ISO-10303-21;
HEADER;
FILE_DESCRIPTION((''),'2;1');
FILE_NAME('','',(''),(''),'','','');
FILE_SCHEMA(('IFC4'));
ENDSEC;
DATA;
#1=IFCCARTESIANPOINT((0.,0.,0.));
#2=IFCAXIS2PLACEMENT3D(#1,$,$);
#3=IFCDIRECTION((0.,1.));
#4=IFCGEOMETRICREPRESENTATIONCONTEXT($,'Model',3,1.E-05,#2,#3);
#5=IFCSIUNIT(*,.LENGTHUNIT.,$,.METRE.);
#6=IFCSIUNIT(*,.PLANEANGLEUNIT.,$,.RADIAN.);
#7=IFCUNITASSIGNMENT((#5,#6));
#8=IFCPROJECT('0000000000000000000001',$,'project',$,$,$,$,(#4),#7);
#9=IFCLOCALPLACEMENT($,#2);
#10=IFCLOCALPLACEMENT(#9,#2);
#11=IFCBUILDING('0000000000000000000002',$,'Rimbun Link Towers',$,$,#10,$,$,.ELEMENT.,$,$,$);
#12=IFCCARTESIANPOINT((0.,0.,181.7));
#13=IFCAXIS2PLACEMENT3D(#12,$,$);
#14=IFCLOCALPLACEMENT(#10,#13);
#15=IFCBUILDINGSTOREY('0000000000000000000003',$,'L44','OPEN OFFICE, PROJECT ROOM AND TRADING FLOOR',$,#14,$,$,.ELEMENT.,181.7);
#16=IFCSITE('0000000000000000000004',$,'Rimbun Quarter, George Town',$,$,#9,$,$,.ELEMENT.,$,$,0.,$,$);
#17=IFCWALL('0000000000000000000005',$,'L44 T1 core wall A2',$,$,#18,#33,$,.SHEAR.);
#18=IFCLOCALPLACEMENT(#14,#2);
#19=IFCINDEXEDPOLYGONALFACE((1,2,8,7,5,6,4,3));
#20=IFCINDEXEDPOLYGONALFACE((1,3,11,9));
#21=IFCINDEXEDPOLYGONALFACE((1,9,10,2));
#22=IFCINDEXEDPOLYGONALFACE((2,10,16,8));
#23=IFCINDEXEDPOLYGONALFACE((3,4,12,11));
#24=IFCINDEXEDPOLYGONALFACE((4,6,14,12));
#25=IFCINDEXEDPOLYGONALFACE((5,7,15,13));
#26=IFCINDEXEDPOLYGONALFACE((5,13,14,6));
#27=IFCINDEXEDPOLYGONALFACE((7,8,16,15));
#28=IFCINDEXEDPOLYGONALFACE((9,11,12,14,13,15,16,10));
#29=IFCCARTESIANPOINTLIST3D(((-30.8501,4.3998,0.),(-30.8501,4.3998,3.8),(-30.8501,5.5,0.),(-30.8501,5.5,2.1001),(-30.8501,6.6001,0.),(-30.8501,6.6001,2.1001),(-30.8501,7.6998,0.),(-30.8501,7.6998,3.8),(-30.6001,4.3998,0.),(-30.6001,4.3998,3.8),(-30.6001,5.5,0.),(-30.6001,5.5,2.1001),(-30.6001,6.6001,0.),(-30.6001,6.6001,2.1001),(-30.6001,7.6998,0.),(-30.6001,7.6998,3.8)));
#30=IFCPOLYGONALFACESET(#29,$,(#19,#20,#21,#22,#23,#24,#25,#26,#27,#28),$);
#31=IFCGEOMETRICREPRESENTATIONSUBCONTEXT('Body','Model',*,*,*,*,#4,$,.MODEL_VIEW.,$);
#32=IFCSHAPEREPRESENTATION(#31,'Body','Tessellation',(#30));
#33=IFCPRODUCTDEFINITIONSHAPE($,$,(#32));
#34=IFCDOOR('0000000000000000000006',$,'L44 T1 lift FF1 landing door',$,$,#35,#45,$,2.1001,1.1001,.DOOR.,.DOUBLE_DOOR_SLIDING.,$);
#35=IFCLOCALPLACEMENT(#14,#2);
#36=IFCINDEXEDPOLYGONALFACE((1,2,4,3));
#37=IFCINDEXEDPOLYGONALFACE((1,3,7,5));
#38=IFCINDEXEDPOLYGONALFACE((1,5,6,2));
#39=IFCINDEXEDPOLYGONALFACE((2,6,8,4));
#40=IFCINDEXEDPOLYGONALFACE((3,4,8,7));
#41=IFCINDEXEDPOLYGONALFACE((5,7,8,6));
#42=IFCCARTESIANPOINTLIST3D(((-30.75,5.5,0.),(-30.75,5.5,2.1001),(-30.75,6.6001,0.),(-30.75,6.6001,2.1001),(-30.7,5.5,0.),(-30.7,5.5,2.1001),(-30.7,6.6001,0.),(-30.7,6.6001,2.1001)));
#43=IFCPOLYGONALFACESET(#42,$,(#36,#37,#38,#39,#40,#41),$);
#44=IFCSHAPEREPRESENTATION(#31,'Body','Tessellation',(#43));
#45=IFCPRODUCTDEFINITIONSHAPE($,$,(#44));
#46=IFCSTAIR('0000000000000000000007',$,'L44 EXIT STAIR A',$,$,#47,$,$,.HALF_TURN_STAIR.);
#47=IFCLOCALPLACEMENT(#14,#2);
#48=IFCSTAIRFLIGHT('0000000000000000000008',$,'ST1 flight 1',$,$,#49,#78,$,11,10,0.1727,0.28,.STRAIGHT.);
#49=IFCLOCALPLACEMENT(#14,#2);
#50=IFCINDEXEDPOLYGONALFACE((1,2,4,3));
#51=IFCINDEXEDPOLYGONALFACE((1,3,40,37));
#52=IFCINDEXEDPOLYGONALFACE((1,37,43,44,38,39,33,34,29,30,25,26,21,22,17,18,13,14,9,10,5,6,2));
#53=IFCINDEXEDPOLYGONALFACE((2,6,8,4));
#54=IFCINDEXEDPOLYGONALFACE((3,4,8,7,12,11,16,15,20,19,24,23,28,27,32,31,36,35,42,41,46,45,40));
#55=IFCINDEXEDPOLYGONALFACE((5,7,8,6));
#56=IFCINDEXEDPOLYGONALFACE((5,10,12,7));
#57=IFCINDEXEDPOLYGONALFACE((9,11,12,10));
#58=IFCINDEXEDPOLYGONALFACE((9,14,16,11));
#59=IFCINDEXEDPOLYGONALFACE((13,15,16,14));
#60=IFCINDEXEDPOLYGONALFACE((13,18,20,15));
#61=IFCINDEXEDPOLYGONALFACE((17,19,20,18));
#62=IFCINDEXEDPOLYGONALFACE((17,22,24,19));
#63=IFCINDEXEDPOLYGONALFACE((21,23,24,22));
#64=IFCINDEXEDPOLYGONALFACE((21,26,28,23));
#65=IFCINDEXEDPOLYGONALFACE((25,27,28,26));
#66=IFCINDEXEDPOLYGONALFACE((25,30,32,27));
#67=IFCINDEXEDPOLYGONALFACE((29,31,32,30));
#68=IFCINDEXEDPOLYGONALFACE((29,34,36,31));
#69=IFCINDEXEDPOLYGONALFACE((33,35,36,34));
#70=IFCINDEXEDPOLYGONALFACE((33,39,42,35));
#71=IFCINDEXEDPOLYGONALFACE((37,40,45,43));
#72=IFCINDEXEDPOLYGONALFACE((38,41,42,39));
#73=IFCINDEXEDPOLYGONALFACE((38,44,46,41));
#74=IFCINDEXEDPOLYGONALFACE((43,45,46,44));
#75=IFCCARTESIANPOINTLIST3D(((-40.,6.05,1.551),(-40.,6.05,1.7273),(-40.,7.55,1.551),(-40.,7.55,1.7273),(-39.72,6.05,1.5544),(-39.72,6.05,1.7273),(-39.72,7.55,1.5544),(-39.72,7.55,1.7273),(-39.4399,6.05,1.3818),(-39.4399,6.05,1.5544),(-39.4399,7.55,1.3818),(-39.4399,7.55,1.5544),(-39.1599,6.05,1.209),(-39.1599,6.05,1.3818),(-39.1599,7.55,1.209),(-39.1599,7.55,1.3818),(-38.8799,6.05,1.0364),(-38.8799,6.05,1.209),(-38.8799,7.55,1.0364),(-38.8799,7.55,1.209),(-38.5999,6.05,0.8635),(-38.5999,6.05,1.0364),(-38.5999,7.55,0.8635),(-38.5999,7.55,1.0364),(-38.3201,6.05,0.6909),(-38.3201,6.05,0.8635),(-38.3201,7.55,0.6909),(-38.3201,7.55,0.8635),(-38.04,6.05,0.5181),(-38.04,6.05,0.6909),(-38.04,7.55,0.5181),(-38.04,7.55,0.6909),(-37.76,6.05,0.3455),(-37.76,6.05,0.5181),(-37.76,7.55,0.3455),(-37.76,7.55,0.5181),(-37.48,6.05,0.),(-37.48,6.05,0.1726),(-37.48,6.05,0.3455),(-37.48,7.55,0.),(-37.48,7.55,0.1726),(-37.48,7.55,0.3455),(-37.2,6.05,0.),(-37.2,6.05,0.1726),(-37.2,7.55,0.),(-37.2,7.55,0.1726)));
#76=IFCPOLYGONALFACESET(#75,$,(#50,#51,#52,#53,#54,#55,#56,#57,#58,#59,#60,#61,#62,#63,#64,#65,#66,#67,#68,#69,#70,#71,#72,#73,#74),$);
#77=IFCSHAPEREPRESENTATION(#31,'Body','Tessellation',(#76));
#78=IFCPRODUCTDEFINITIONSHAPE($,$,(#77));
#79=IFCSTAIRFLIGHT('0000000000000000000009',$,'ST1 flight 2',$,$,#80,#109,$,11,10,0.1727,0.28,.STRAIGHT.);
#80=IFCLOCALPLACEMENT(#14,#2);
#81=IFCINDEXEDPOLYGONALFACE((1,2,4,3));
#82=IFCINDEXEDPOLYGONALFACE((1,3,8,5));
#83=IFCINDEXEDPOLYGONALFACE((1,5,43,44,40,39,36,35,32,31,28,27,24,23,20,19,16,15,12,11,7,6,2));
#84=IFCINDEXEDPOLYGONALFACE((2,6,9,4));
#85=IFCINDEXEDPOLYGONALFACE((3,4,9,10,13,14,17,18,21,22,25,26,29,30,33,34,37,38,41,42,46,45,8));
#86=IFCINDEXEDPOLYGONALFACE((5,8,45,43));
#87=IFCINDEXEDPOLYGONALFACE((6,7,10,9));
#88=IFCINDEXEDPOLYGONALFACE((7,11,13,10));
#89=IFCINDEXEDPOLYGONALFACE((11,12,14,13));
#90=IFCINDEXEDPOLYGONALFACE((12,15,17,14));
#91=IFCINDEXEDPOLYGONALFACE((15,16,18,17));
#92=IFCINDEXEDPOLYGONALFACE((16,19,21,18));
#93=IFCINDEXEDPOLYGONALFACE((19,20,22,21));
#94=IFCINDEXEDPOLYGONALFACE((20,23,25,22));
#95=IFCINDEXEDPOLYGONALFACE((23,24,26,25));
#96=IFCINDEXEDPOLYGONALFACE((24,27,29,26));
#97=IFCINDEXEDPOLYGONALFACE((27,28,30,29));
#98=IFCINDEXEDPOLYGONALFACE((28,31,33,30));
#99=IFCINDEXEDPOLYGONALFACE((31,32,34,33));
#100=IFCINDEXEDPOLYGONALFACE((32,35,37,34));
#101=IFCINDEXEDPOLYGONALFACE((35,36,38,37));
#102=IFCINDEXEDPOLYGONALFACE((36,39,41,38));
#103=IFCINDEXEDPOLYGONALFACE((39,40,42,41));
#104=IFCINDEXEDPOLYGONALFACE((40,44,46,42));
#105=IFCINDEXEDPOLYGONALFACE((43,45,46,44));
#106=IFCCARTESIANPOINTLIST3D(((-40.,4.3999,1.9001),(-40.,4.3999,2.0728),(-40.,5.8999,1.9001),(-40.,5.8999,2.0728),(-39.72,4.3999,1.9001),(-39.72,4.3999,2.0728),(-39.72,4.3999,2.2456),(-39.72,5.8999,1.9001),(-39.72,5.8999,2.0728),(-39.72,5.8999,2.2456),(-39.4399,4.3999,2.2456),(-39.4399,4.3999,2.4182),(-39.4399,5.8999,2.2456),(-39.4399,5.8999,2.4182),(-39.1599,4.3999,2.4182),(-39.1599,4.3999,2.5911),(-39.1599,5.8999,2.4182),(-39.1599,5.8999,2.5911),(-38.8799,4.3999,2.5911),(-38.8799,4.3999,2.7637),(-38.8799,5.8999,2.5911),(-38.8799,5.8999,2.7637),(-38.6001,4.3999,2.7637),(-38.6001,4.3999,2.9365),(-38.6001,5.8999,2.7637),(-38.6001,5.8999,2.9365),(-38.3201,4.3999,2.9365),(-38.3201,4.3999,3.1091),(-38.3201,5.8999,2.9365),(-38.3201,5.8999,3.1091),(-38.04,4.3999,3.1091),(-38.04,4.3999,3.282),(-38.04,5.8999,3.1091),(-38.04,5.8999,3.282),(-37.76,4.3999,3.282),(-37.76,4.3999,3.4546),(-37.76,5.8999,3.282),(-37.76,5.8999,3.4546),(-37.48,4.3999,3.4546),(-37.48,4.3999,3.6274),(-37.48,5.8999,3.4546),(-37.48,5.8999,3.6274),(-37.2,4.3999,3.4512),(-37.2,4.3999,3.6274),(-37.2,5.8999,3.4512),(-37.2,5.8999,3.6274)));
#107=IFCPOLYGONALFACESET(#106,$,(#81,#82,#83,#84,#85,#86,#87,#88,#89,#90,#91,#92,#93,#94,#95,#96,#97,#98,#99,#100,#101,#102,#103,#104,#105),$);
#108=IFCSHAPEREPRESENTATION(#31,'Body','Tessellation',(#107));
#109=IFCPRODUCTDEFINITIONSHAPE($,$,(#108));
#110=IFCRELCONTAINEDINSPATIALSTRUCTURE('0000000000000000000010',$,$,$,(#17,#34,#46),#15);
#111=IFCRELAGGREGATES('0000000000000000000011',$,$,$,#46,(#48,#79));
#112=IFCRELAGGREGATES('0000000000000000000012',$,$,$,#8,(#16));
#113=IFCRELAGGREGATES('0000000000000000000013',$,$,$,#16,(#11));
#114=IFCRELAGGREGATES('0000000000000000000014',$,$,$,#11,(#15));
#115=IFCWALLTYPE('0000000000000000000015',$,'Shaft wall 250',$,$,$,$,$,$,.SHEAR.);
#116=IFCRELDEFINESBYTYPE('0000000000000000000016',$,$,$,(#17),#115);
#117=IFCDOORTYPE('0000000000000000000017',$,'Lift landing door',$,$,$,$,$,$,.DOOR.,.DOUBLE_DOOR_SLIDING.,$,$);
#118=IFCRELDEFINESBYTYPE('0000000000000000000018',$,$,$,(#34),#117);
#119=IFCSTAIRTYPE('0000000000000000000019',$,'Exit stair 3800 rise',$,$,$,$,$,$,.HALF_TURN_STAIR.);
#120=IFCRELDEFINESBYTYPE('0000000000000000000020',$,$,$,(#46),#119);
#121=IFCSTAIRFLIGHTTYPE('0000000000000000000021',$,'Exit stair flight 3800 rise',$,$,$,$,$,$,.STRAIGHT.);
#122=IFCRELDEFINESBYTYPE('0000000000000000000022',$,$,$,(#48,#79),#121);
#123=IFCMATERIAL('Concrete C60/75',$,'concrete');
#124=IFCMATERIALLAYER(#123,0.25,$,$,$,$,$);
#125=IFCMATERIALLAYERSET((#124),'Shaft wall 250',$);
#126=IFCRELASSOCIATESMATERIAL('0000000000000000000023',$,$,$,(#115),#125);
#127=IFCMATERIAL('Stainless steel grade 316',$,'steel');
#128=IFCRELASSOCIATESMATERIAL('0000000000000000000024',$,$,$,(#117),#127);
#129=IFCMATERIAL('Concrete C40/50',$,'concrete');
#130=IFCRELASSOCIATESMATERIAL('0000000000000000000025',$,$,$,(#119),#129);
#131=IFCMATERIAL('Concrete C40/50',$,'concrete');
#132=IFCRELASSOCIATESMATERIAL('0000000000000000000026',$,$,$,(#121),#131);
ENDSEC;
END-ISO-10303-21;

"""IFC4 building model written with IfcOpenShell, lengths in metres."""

from ifc_helpers import new_model, si_unit, direction, frame, frame_2d, origin, place, context, subcontext, project, spatial, polyline, rectangle, outline, extrude, material, layer, layer_set, type_object, element, fill, aggregate, save


model = new_model("IFC4")

# Units and contexts
model_context = context("Model", 3, precision=1e-05, world=origin(), true_north=direction((0.0, 1.0)))
body_context = subcontext(model_context, "Body", "Model", "MODEL_VIEW")
ifc_project = project(units=[si_unit("LENGTHUNIT", "METRE"), si_unit("PLANEANGLEUNIT", "RADIAN")], contexts=[model_context])

# Site, building, storey
site_placement = place(None, origin())
site = spatial("IfcSite", under=ifc_project, at=site_placement, Name="Rimbun Quarter, George Town", CompositionType="ELEMENT", RefElevation=0.0)
building_placement = place(site_placement, origin())
building = spatial("IfcBuilding", under=site, at=building_placement, Name="Rimbun Link Towers", CompositionType="ELEMENT")
storey_placement = place(building_placement, frame((0.0, 0.0, 181.7)))
storey = spatial("IfcBuildingStorey", under=building, at=storey_placement, Name="L44", Description="OPEN OFFICE, PROJECT ROOM AND TRADING FLOOR", CompositionType="ELEMENT", Elevation=181.7)

# Shared definitions
ifc_material_1 = material(Name="Concrete C60/75", Category="concrete")
ifc_layer = layer(ifc_material_1, 0.25)
ifc_layer_set = layer_set([ifc_layer], Name="Shaft wall 250")
wall_type = type_object("IfcWallType", Name="Shaft wall 250", PredefinedType="SHEAR", material=ifc_layer_set)

# Wall, opening, door
wall_1_placement = place(storey_placement, frame((-30.7251, 4.3999, 0.0), z_axis=(0.0, 0.0, 1.0), x_axis=(0.0, 1.0, 0.0)))
wall_1 = element("IfcWall", 1, at=wall_1_placement, inside=storey, type_object=wall_type, Name="L44 T1 core wall A2", PredefinedType="SHEAR", context=body_context, shape_type="SweptSolid", body=[
    extrude(rectangle(XDim=3.3, YDim=0.25, at=frame_2d((1.6499, 0.0))), origin(), (0.0, 0.0, 1.0), 3.8),
])
opening_1_placement = place(wall_1_placement, frame((1.1001, 0.0, 0.0)))
opening_1 = element("IfcOpeningElement", 2, at=opening_1_placement, cuts=wall_1, PredefinedType="OPENING", context=body_context, shape_type="SweptSolid", body=[
    extrude(rectangle(XDim=1.1001, YDim=2.1001, at=frame_2d((0.55, 1.05))), frame((0.0, 0.135, 0.0), z_axis=(0.0, -1.0, 0.0), x_axis=(1.0, 0.0, 0.0)), (0.0, 0.0, 1.0), 0.27),
])
ifc_material_2 = material(Name="Stainless steel grade 316", Category="steel")
door_type_1 = type_object("IfcDoorType", Name="Lift landing door", OperationType="DOUBLE_DOOR_SLIDING", PredefinedType="DOOR", material=ifc_material_2)
door_1_placement = place(opening_1_placement, origin())
door_1 = element("IfcDoor", 3, at=door_1_placement, inside=storey, type_object=door_type_1, Name="L44 T1 lift FF1 landing door", OperationType="DOUBLE_DOOR_SLIDING", OverallHeight=2.1001, OverallWidth=1.1001, PredefinedType="DOOR", context=body_context, shape_type="SweptSolid", body=[
    extrude(rectangle(XDim=1.1001, YDim=2.1001, at=frame_2d((0.55, 1.05))), frame((0.0, 0.0249, 0.0), z_axis=(0.0, -1.0, 0.0), x_axis=(1.0, 0.0, 0.0)), (0.0, 0.0, 1.0), 0.05),
])
fill(opening_1, door_1)

# Stair, stair flights
ifc_material_3 = material(Name="Concrete C40/50", Category="concrete")
stair_type = type_object("IfcStairType", Name="Exit stair 3800 rise", PredefinedType="HALF_TURN_STAIR", material=ifc_material_3)
stair_placement = place(storey_placement, origin())
stair = element("IfcStair", 4, at=stair_placement, inside=storey, type_object=stair_type, Name="L44 EXIT STAIR A", PredefinedType="HALF_TURN_STAIR")
ifc_material_4 = material(Name="Concrete C40/50", Category="concrete")
stair_flight_type = type_object("IfcStairFlightType", Name="Exit stair flight 3800 rise", PredefinedType="STRAIGHT", material=ifc_material_4)
stair_flight_1_placement = place(storey_placement, frame((-37.2, 6.8, 0.0), z_axis=(0.0, 0.0, 1.0), x_axis=(-1.0, 0.0, 0.0)))
stair_flight_1 = element("IfcStairFlight", 5, at=stair_flight_1_placement, type_object=stair_flight_type, Name="ST1 flight 1", NumberOfRisers=11, NumberOfTreads=10, PredefinedType="STRAIGHT", RiserHeight=0.1727, TreadLength=0.28, context=body_context, shape_type="SweptSolid", body=[
    extrude(outline(polyline([(0.0, 0.0), (0.0, 0.1726), (0.28, 0.1726), (0.28, 0.3455), (0.5601, 0.3455), (0.5601, 0.5181), (0.8401, 0.5181), (0.8401, 0.6909), (1.1201, 0.6909), (1.1201, 0.8635), (1.3999, 0.8635), (1.3999, 1.0364), (1.6799, 1.0364), (1.6799, 1.209), (1.96, 1.209), (1.96, 1.3818), (2.24, 1.3818), (2.24, 1.5544), (2.52, 1.5544), (2.52, 1.7273), (2.8, 1.7273), (2.8, 1.8999), (2.8, 1.551), (0.28, 0.0), (0.0, 0.0)])), frame((0.0, 0.75, 0.0), z_axis=(0.0, -1.0, 0.0), x_axis=(1.0, 0.0, 0.0)), (0.0, 0.0, 1.0), 1.5),
])
stair_flight_2_placement = place(storey_placement, frame((-40.0, 5.1499, 1.9001), z_axis=(0.0, 0.0, 1.0), x_axis=(1.0, 0.0, 0.0)))
stair_flight_2 = element("IfcStairFlight", 6, at=stair_flight_2_placement, type_object=stair_flight_type, Name="ST1 flight 2", NumberOfRisers=11, NumberOfTreads=10, PredefinedType="STRAIGHT", RiserHeight=0.1727, TreadLength=0.28, context=body_context, shape_type="SweptSolid", body=[
    extrude(outline(polyline([(0.0, 0.0), (0.0, 0.1726), (0.28, 0.1726), (0.28, 0.3455), (0.5601, 0.3455), (0.5601, 0.5181), (0.8401, 0.5181), (0.8401, 0.6909), (1.1201, 0.6909), (1.1201, 0.8635), (1.3999, 0.8635), (1.3999, 1.0364), (1.6799, 1.0364), (1.6799, 1.209), (1.96, 1.209), (1.96, 1.3818), (2.24, 1.3818), (2.24, 1.5544), (2.52, 1.5544), (2.52, 1.7273), (2.8, 1.7273), (2.8, 1.8999), (2.8, 1.551), (0.28, 0.0), (0.0, 0.0)])), frame((0.0, 0.75, 0.0), z_axis=(0.0, -1.0, 0.0), x_axis=(1.0, 0.0, 0.0)), (0.0, 0.0, 1.0), 1.5),
])
aggregate(stair, [stair_flight_1, stair_flight_2])

save(model, "model.ifc")
